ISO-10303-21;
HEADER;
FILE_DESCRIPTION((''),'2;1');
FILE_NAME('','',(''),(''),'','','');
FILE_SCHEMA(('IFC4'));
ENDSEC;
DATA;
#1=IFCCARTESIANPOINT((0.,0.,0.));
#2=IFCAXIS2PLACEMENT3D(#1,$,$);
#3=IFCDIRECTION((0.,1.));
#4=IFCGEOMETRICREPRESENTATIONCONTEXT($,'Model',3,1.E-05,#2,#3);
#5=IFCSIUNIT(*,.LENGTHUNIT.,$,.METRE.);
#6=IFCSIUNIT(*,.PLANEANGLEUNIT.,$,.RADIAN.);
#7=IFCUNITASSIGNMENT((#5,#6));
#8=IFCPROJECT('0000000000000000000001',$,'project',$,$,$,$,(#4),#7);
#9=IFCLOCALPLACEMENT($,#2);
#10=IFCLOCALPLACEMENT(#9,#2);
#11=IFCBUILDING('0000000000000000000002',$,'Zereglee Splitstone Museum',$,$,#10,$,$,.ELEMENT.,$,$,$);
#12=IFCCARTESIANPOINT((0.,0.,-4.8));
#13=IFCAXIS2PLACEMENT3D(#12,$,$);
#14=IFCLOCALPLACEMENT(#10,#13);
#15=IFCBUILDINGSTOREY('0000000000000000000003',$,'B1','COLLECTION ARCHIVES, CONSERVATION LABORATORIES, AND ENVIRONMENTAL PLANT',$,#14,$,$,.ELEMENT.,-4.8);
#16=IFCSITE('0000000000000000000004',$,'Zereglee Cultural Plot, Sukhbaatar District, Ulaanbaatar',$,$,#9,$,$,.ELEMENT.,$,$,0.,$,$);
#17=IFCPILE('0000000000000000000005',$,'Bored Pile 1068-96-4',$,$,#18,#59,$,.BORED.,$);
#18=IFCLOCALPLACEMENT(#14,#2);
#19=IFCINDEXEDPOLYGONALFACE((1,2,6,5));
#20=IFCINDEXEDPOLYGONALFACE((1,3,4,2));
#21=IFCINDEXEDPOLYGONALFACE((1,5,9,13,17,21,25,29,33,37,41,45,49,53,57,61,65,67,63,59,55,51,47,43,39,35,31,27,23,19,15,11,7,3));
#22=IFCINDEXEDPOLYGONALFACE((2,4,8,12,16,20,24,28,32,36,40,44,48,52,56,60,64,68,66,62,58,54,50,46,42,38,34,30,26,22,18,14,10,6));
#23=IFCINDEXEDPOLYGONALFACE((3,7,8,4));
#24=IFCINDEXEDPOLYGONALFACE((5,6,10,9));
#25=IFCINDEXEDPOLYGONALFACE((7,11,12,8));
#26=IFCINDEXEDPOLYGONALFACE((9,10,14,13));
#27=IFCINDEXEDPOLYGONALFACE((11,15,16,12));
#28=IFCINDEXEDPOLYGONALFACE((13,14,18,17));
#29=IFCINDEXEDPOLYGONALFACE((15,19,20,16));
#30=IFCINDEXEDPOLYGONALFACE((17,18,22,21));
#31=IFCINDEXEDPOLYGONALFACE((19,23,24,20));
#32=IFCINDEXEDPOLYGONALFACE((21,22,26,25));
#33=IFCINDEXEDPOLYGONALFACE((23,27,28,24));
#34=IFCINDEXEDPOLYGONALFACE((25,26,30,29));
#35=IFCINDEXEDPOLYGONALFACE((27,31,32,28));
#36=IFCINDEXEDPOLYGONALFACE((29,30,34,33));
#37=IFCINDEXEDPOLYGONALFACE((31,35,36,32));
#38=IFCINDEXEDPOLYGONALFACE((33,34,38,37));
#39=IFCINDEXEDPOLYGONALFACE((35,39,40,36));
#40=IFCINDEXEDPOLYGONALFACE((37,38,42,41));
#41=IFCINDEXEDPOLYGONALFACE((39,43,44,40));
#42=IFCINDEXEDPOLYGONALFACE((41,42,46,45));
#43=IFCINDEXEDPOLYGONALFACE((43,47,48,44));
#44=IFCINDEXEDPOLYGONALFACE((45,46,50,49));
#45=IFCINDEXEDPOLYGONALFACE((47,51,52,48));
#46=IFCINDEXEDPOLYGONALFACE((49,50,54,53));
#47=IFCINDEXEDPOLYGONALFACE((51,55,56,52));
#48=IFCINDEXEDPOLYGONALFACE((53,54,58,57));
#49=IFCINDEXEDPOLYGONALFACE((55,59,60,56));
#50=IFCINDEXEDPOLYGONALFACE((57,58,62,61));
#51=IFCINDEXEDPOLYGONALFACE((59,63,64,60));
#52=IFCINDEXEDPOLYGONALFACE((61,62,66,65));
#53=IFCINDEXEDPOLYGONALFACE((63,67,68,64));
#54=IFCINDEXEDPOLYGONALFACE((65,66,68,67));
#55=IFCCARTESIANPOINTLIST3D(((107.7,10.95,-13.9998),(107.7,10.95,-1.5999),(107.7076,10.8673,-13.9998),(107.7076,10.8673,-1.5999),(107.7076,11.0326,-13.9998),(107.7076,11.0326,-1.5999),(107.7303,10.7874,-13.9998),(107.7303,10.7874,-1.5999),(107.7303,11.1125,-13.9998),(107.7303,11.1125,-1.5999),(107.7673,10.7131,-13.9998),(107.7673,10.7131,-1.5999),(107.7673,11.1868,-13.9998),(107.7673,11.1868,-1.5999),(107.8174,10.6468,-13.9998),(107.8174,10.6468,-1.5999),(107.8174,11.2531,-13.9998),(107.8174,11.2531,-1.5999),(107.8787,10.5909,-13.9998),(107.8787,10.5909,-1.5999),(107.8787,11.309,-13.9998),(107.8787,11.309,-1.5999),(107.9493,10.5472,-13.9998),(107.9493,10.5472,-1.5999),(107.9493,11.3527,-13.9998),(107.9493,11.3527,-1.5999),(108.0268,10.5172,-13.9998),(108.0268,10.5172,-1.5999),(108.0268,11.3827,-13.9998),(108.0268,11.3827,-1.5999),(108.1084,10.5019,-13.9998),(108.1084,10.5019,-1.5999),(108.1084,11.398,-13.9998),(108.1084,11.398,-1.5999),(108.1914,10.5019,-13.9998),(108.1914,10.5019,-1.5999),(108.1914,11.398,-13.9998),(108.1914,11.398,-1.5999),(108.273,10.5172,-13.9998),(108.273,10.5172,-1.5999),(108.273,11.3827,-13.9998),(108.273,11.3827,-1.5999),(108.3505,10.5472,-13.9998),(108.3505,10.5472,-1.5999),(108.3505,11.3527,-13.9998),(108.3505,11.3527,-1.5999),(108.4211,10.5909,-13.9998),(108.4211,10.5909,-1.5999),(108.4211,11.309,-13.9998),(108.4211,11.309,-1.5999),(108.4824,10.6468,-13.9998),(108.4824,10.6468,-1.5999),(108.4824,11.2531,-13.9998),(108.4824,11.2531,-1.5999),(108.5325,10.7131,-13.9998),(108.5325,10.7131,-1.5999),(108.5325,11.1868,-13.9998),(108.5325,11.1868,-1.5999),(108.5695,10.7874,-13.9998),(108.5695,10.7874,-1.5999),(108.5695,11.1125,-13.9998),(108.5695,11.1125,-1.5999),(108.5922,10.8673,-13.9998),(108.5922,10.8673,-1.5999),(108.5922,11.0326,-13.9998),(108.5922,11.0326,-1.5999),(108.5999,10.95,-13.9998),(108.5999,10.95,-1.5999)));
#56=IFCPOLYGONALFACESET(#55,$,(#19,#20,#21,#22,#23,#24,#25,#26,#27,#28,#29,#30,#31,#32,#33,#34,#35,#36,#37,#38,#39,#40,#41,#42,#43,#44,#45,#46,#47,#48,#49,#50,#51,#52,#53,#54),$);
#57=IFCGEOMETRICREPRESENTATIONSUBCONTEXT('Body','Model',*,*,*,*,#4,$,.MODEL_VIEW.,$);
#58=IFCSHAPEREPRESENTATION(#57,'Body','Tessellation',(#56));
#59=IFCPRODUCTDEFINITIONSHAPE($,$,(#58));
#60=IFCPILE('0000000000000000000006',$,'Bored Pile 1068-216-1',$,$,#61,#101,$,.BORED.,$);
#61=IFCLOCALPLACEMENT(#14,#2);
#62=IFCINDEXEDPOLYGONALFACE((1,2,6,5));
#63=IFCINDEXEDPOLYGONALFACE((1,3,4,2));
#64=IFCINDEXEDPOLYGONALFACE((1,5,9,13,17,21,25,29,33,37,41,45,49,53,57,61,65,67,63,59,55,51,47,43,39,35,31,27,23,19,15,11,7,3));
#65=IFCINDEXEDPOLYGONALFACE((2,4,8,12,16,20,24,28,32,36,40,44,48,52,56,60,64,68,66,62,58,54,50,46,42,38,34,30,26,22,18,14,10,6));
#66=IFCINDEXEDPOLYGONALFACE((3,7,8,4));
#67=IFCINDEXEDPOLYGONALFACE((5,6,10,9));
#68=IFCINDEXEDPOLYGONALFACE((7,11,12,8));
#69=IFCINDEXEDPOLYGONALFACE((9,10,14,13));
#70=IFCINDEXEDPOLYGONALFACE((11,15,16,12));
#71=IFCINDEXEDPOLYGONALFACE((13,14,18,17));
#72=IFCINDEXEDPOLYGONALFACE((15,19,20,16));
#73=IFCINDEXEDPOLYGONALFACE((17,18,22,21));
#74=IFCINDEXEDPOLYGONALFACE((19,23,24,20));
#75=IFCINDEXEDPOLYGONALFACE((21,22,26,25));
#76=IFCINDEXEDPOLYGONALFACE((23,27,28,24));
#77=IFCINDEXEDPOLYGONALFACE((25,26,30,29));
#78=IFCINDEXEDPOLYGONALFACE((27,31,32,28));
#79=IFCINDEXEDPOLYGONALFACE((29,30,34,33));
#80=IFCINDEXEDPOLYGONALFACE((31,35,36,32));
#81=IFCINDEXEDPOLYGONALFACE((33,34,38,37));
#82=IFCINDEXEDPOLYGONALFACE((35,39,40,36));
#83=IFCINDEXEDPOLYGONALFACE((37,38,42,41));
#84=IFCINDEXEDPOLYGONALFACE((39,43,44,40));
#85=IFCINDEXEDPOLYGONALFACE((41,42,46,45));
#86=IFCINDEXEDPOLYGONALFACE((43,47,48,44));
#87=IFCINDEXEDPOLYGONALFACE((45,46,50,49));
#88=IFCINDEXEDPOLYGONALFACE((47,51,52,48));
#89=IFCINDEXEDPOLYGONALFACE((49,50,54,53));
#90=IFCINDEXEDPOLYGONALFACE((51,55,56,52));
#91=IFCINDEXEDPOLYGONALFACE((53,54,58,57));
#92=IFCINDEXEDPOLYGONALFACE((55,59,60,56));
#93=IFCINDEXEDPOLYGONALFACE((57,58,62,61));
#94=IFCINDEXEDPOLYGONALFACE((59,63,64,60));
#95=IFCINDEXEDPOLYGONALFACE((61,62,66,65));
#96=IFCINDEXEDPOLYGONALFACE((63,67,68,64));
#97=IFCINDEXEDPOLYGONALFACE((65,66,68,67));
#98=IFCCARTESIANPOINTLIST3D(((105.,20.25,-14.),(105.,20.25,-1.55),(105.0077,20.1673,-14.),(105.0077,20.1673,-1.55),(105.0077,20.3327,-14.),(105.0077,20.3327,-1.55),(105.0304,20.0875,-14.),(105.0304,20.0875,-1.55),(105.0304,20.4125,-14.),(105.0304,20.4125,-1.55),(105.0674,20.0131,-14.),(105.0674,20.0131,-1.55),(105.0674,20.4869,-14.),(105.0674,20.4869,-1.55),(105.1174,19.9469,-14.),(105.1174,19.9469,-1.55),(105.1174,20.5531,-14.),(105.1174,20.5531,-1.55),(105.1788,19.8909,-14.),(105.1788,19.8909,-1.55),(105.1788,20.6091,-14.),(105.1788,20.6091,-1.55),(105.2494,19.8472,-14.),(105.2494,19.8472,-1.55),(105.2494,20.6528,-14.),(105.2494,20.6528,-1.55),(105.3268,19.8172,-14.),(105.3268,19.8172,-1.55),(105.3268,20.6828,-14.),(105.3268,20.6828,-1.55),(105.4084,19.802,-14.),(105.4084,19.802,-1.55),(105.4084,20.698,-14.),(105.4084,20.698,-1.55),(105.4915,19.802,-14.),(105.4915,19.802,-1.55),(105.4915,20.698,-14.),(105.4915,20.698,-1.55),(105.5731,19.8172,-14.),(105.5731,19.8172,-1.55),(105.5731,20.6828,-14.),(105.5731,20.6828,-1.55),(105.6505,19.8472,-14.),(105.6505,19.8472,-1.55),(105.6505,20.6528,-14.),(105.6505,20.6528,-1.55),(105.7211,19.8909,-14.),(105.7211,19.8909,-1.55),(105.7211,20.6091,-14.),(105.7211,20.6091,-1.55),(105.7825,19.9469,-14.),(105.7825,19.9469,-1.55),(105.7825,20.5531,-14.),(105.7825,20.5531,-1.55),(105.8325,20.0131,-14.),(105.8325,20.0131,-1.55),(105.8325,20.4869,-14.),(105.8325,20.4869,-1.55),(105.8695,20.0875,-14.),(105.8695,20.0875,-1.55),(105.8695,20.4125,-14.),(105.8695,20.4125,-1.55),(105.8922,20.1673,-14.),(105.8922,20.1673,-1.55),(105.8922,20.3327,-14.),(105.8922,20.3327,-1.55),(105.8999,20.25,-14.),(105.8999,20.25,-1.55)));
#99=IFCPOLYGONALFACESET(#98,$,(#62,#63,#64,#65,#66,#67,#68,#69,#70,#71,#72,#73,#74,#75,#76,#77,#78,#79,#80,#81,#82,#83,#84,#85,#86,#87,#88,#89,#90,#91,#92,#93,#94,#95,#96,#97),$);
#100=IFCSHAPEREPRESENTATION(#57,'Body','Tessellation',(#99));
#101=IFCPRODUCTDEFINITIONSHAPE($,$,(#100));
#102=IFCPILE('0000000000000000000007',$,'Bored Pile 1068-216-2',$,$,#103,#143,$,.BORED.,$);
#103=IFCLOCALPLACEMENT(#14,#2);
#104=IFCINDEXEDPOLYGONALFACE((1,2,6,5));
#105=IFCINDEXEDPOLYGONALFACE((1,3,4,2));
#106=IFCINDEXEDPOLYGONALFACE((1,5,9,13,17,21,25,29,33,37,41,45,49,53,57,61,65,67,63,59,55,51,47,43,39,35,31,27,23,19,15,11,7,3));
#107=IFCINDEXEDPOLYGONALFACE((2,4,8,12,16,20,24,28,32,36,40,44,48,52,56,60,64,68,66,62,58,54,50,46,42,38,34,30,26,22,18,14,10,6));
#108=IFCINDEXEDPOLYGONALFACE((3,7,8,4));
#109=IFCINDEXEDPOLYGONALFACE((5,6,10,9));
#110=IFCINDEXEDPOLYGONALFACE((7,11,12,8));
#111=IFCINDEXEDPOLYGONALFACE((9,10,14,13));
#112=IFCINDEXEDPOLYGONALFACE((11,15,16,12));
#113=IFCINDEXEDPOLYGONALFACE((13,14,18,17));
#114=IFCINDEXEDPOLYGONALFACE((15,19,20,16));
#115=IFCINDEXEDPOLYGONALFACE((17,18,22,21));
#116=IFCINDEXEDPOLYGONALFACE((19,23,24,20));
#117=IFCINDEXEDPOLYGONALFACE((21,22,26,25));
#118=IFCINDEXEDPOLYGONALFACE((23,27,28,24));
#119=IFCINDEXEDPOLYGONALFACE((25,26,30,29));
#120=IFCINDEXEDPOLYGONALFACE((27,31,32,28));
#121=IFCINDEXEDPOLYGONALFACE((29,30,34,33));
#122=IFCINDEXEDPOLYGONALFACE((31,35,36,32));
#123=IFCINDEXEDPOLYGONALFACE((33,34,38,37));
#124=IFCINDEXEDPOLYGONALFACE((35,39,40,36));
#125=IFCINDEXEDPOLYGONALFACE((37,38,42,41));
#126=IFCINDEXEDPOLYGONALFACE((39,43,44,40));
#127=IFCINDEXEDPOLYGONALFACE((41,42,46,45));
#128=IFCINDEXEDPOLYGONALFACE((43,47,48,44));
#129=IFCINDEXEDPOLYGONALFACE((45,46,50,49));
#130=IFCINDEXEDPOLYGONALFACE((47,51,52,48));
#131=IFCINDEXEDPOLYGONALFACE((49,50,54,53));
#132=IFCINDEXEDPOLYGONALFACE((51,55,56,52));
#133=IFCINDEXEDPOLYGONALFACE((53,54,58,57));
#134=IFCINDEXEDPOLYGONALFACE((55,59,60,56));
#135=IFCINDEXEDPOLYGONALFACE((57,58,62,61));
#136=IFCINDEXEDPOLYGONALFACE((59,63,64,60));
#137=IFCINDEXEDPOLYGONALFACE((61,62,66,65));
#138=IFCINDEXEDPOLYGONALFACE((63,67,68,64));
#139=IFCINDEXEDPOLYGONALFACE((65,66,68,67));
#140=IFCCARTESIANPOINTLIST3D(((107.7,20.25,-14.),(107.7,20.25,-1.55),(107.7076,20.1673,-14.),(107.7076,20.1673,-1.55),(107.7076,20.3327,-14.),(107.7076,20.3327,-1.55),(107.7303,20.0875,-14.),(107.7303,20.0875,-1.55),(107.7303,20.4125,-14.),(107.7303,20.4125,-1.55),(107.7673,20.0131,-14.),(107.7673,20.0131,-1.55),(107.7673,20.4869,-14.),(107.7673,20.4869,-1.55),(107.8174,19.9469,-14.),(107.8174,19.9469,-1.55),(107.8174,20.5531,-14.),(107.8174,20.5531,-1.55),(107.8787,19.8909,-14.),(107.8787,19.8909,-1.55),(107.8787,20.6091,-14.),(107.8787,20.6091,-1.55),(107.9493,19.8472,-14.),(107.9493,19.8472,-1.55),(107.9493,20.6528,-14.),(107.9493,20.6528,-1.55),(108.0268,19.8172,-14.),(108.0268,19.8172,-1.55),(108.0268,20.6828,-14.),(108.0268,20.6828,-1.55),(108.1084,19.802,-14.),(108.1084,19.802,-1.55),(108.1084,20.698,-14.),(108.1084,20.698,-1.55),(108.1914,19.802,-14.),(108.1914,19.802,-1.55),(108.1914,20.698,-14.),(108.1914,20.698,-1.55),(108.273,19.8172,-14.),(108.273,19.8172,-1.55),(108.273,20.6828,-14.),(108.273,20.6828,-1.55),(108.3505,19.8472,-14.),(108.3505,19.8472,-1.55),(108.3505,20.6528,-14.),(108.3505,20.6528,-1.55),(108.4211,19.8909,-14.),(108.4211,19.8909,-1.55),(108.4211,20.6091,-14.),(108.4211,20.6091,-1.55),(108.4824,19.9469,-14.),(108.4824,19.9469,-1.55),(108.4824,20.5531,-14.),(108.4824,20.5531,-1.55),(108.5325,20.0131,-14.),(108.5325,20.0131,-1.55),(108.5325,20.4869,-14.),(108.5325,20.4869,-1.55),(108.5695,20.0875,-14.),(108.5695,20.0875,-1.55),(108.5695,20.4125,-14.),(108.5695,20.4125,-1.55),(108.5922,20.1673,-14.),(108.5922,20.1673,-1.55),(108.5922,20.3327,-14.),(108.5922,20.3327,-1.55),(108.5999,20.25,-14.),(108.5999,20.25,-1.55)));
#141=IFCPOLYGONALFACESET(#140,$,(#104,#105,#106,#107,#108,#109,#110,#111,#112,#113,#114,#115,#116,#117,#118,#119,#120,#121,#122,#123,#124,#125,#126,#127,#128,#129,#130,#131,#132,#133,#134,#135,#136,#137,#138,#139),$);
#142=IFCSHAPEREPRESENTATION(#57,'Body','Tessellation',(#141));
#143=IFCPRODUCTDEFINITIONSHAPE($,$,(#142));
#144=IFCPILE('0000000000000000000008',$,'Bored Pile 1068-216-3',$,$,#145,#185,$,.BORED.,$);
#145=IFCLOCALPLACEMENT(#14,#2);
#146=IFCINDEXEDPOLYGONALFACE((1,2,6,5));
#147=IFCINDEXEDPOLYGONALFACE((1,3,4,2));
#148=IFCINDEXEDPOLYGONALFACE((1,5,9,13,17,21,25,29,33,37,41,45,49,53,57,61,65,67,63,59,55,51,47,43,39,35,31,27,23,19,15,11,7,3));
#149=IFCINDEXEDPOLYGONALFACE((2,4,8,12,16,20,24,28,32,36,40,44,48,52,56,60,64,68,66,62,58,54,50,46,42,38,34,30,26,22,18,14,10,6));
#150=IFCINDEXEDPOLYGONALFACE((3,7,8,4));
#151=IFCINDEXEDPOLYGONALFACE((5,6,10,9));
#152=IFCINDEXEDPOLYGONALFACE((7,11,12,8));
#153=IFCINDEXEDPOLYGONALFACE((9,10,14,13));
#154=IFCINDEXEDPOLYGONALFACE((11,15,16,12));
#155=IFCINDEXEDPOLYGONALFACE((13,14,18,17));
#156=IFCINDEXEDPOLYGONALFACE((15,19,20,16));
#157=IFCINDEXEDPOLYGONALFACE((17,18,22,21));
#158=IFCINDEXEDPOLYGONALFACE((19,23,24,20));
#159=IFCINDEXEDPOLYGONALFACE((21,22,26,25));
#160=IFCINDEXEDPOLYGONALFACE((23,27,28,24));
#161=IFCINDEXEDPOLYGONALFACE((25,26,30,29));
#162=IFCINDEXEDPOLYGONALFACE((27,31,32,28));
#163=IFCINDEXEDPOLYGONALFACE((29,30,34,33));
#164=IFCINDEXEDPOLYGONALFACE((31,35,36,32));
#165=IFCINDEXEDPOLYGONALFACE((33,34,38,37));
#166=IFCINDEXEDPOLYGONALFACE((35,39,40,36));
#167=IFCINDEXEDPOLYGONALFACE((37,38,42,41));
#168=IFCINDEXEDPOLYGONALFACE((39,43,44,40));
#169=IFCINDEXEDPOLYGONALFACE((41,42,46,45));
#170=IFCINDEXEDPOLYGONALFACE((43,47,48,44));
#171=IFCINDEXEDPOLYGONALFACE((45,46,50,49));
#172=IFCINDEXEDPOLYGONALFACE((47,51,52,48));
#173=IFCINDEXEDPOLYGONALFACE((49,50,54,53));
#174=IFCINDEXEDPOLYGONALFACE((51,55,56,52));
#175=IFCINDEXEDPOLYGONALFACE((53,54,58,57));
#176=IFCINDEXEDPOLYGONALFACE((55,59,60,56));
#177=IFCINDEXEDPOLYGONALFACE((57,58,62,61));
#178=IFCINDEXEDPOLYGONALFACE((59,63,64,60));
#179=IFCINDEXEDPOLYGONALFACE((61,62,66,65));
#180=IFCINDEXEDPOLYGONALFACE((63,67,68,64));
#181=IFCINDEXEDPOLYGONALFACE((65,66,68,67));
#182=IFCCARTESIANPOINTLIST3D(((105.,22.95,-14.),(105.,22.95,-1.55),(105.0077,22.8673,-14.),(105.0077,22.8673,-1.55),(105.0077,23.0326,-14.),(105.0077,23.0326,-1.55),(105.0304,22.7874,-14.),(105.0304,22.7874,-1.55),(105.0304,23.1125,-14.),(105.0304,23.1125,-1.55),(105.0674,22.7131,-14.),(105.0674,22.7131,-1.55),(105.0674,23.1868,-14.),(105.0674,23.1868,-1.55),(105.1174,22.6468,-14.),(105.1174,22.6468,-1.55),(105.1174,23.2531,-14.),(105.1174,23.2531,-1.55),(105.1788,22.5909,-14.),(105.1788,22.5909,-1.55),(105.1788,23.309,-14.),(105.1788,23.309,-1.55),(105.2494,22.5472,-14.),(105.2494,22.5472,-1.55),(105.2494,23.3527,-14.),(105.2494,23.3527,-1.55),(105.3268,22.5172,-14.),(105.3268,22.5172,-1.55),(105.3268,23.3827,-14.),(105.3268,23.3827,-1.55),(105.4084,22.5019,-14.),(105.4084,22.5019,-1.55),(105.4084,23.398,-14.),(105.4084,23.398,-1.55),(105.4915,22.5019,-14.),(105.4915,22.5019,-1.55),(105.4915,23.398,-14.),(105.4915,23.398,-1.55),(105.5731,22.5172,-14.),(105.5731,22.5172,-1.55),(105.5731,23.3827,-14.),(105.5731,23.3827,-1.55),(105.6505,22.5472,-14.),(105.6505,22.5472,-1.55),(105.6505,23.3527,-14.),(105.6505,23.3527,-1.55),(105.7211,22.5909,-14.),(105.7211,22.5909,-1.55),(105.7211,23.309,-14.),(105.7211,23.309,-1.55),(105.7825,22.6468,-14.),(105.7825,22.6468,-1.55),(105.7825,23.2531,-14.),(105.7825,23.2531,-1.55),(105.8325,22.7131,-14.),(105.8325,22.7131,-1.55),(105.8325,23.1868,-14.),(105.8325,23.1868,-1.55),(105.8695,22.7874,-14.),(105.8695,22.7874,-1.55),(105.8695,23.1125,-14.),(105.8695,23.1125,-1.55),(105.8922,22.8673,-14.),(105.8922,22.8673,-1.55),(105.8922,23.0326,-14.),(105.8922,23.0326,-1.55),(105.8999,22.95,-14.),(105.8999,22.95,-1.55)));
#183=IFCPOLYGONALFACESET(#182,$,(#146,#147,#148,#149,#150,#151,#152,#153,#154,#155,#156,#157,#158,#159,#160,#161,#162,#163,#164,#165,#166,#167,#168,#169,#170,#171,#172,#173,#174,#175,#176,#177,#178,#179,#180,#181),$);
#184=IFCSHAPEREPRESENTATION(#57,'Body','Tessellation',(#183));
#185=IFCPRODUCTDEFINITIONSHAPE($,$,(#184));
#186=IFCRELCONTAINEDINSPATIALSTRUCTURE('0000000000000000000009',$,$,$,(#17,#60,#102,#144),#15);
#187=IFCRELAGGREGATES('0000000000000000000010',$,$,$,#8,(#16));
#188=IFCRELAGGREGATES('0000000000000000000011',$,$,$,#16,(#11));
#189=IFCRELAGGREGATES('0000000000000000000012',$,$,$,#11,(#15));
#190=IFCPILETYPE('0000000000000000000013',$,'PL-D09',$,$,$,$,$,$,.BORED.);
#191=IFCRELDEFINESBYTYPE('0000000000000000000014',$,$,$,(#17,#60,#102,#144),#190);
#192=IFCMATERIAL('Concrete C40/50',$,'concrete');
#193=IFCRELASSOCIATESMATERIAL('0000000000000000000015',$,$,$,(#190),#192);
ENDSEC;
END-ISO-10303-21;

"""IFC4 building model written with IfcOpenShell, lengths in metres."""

from ifc_helpers import new_model, si_unit, direction, frame, origin, origin_2d, place, context, subcontext, project, spatial, circle, extrude, material, material_profile, profile_set, type_object, element, save


model = new_model("IFC4")

# Units and contexts
model_context = context("Model", 3, precision=1e-05, world=origin(), true_north=direction((0.0, 1.0)))
body_context = subcontext(model_context, "Body", "Model", "MODEL_VIEW")
ifc_project = project(units=[si_unit("LENGTHUNIT", "METRE"), si_unit("PLANEANGLEUNIT", "RADIAN")], contexts=[model_context])

# Site, building, storey
site_placement = place(None, origin())
site = spatial("IfcSite", under=ifc_project, at=site_placement, Name="Zereglee Cultural Plot, Sukhbaatar District, Ulaanbaatar", CompositionType="ELEMENT", RefElevation=0.0)
building_placement = place(site_placement, origin())
building = spatial("IfcBuilding", under=site, at=building_placement, Name="Zereglee Splitstone Museum", CompositionType="ELEMENT")
storey_placement = place(building_placement, frame((0.0, 0.0, -4.8)))
storey = spatial("IfcBuildingStorey", under=building, at=storey_placement, Name="B1", Description="COLLECTION ARCHIVES, CONSERVATION LABORATORIES, AND ENVIRONMENTAL PLANT", CompositionType="ELEMENT", Elevation=-4.8)

# Shared definitions
ifc_material_1 = material(Name="Concrete C40/50", Category="concrete")

# Piles
ifc_material_profile_1 = material_profile(ifc_material_1, circle(Radius=0.45, at=origin_2d()), Name="PILE D900")
ifc_profile_set_1 = profile_set([ifc_material_profile_1], Name="Concrete C40/50")
pile_type = type_object("IfcPileType", Name="PL-D09", PredefinedType="BORED", material=ifc_profile_set_1)
for number, where, z_axis, x_axis, name in (
    (1, (108.1499, 10.95, -1.5999), (0.0, 0.0, -1.0), (1.0, 0.0, 0.0), "Bored Pile 1068-96-4"),
):
    element("IfcPile", number, at=place(storey_placement, frame(where, z_axis=z_axis, x_axis=x_axis)), inside=storey, type_object=pile_type, Name=name, PredefinedType="BORED", context=body_context, shape_type="SweptSolid", body=[
        extrude(circle(Radius=0.45, at=origin_2d()), origin(), (0.0, 0.0, 1.0), 12.3999),
    ])
for number, where, z_axis, x_axis, name in (
    (2, (105.45, 20.25, -1.55), (0.0, 0.0, -1.0), (1.0, 0.0, 0.0), "Bored Pile 1068-216-1"),
    (3, (108.1499, 20.25, -1.55), (0.0, 0.0, -1.0), (1.0, 0.0, 0.0), "Bored Pile 1068-216-2"),
    (4, (105.45, 22.95, -1.55), (0.0, 0.0, -1.0), (1.0, 0.0, 0.0), "Bored Pile 1068-216-3"),
):
    element("IfcPile", number, at=place(storey_placement, frame(where, z_axis=z_axis, x_axis=x_axis)), inside=storey, type_object=pile_type, Name=name, PredefinedType="BORED", context=body_context, shape_type="SweptSolid", body=[
        extrude(circle(Radius=0.45, at=origin_2d()), origin(), (0.0, 0.0, 1.0), 12.45),
    ])

save(model, "model.ifc")
